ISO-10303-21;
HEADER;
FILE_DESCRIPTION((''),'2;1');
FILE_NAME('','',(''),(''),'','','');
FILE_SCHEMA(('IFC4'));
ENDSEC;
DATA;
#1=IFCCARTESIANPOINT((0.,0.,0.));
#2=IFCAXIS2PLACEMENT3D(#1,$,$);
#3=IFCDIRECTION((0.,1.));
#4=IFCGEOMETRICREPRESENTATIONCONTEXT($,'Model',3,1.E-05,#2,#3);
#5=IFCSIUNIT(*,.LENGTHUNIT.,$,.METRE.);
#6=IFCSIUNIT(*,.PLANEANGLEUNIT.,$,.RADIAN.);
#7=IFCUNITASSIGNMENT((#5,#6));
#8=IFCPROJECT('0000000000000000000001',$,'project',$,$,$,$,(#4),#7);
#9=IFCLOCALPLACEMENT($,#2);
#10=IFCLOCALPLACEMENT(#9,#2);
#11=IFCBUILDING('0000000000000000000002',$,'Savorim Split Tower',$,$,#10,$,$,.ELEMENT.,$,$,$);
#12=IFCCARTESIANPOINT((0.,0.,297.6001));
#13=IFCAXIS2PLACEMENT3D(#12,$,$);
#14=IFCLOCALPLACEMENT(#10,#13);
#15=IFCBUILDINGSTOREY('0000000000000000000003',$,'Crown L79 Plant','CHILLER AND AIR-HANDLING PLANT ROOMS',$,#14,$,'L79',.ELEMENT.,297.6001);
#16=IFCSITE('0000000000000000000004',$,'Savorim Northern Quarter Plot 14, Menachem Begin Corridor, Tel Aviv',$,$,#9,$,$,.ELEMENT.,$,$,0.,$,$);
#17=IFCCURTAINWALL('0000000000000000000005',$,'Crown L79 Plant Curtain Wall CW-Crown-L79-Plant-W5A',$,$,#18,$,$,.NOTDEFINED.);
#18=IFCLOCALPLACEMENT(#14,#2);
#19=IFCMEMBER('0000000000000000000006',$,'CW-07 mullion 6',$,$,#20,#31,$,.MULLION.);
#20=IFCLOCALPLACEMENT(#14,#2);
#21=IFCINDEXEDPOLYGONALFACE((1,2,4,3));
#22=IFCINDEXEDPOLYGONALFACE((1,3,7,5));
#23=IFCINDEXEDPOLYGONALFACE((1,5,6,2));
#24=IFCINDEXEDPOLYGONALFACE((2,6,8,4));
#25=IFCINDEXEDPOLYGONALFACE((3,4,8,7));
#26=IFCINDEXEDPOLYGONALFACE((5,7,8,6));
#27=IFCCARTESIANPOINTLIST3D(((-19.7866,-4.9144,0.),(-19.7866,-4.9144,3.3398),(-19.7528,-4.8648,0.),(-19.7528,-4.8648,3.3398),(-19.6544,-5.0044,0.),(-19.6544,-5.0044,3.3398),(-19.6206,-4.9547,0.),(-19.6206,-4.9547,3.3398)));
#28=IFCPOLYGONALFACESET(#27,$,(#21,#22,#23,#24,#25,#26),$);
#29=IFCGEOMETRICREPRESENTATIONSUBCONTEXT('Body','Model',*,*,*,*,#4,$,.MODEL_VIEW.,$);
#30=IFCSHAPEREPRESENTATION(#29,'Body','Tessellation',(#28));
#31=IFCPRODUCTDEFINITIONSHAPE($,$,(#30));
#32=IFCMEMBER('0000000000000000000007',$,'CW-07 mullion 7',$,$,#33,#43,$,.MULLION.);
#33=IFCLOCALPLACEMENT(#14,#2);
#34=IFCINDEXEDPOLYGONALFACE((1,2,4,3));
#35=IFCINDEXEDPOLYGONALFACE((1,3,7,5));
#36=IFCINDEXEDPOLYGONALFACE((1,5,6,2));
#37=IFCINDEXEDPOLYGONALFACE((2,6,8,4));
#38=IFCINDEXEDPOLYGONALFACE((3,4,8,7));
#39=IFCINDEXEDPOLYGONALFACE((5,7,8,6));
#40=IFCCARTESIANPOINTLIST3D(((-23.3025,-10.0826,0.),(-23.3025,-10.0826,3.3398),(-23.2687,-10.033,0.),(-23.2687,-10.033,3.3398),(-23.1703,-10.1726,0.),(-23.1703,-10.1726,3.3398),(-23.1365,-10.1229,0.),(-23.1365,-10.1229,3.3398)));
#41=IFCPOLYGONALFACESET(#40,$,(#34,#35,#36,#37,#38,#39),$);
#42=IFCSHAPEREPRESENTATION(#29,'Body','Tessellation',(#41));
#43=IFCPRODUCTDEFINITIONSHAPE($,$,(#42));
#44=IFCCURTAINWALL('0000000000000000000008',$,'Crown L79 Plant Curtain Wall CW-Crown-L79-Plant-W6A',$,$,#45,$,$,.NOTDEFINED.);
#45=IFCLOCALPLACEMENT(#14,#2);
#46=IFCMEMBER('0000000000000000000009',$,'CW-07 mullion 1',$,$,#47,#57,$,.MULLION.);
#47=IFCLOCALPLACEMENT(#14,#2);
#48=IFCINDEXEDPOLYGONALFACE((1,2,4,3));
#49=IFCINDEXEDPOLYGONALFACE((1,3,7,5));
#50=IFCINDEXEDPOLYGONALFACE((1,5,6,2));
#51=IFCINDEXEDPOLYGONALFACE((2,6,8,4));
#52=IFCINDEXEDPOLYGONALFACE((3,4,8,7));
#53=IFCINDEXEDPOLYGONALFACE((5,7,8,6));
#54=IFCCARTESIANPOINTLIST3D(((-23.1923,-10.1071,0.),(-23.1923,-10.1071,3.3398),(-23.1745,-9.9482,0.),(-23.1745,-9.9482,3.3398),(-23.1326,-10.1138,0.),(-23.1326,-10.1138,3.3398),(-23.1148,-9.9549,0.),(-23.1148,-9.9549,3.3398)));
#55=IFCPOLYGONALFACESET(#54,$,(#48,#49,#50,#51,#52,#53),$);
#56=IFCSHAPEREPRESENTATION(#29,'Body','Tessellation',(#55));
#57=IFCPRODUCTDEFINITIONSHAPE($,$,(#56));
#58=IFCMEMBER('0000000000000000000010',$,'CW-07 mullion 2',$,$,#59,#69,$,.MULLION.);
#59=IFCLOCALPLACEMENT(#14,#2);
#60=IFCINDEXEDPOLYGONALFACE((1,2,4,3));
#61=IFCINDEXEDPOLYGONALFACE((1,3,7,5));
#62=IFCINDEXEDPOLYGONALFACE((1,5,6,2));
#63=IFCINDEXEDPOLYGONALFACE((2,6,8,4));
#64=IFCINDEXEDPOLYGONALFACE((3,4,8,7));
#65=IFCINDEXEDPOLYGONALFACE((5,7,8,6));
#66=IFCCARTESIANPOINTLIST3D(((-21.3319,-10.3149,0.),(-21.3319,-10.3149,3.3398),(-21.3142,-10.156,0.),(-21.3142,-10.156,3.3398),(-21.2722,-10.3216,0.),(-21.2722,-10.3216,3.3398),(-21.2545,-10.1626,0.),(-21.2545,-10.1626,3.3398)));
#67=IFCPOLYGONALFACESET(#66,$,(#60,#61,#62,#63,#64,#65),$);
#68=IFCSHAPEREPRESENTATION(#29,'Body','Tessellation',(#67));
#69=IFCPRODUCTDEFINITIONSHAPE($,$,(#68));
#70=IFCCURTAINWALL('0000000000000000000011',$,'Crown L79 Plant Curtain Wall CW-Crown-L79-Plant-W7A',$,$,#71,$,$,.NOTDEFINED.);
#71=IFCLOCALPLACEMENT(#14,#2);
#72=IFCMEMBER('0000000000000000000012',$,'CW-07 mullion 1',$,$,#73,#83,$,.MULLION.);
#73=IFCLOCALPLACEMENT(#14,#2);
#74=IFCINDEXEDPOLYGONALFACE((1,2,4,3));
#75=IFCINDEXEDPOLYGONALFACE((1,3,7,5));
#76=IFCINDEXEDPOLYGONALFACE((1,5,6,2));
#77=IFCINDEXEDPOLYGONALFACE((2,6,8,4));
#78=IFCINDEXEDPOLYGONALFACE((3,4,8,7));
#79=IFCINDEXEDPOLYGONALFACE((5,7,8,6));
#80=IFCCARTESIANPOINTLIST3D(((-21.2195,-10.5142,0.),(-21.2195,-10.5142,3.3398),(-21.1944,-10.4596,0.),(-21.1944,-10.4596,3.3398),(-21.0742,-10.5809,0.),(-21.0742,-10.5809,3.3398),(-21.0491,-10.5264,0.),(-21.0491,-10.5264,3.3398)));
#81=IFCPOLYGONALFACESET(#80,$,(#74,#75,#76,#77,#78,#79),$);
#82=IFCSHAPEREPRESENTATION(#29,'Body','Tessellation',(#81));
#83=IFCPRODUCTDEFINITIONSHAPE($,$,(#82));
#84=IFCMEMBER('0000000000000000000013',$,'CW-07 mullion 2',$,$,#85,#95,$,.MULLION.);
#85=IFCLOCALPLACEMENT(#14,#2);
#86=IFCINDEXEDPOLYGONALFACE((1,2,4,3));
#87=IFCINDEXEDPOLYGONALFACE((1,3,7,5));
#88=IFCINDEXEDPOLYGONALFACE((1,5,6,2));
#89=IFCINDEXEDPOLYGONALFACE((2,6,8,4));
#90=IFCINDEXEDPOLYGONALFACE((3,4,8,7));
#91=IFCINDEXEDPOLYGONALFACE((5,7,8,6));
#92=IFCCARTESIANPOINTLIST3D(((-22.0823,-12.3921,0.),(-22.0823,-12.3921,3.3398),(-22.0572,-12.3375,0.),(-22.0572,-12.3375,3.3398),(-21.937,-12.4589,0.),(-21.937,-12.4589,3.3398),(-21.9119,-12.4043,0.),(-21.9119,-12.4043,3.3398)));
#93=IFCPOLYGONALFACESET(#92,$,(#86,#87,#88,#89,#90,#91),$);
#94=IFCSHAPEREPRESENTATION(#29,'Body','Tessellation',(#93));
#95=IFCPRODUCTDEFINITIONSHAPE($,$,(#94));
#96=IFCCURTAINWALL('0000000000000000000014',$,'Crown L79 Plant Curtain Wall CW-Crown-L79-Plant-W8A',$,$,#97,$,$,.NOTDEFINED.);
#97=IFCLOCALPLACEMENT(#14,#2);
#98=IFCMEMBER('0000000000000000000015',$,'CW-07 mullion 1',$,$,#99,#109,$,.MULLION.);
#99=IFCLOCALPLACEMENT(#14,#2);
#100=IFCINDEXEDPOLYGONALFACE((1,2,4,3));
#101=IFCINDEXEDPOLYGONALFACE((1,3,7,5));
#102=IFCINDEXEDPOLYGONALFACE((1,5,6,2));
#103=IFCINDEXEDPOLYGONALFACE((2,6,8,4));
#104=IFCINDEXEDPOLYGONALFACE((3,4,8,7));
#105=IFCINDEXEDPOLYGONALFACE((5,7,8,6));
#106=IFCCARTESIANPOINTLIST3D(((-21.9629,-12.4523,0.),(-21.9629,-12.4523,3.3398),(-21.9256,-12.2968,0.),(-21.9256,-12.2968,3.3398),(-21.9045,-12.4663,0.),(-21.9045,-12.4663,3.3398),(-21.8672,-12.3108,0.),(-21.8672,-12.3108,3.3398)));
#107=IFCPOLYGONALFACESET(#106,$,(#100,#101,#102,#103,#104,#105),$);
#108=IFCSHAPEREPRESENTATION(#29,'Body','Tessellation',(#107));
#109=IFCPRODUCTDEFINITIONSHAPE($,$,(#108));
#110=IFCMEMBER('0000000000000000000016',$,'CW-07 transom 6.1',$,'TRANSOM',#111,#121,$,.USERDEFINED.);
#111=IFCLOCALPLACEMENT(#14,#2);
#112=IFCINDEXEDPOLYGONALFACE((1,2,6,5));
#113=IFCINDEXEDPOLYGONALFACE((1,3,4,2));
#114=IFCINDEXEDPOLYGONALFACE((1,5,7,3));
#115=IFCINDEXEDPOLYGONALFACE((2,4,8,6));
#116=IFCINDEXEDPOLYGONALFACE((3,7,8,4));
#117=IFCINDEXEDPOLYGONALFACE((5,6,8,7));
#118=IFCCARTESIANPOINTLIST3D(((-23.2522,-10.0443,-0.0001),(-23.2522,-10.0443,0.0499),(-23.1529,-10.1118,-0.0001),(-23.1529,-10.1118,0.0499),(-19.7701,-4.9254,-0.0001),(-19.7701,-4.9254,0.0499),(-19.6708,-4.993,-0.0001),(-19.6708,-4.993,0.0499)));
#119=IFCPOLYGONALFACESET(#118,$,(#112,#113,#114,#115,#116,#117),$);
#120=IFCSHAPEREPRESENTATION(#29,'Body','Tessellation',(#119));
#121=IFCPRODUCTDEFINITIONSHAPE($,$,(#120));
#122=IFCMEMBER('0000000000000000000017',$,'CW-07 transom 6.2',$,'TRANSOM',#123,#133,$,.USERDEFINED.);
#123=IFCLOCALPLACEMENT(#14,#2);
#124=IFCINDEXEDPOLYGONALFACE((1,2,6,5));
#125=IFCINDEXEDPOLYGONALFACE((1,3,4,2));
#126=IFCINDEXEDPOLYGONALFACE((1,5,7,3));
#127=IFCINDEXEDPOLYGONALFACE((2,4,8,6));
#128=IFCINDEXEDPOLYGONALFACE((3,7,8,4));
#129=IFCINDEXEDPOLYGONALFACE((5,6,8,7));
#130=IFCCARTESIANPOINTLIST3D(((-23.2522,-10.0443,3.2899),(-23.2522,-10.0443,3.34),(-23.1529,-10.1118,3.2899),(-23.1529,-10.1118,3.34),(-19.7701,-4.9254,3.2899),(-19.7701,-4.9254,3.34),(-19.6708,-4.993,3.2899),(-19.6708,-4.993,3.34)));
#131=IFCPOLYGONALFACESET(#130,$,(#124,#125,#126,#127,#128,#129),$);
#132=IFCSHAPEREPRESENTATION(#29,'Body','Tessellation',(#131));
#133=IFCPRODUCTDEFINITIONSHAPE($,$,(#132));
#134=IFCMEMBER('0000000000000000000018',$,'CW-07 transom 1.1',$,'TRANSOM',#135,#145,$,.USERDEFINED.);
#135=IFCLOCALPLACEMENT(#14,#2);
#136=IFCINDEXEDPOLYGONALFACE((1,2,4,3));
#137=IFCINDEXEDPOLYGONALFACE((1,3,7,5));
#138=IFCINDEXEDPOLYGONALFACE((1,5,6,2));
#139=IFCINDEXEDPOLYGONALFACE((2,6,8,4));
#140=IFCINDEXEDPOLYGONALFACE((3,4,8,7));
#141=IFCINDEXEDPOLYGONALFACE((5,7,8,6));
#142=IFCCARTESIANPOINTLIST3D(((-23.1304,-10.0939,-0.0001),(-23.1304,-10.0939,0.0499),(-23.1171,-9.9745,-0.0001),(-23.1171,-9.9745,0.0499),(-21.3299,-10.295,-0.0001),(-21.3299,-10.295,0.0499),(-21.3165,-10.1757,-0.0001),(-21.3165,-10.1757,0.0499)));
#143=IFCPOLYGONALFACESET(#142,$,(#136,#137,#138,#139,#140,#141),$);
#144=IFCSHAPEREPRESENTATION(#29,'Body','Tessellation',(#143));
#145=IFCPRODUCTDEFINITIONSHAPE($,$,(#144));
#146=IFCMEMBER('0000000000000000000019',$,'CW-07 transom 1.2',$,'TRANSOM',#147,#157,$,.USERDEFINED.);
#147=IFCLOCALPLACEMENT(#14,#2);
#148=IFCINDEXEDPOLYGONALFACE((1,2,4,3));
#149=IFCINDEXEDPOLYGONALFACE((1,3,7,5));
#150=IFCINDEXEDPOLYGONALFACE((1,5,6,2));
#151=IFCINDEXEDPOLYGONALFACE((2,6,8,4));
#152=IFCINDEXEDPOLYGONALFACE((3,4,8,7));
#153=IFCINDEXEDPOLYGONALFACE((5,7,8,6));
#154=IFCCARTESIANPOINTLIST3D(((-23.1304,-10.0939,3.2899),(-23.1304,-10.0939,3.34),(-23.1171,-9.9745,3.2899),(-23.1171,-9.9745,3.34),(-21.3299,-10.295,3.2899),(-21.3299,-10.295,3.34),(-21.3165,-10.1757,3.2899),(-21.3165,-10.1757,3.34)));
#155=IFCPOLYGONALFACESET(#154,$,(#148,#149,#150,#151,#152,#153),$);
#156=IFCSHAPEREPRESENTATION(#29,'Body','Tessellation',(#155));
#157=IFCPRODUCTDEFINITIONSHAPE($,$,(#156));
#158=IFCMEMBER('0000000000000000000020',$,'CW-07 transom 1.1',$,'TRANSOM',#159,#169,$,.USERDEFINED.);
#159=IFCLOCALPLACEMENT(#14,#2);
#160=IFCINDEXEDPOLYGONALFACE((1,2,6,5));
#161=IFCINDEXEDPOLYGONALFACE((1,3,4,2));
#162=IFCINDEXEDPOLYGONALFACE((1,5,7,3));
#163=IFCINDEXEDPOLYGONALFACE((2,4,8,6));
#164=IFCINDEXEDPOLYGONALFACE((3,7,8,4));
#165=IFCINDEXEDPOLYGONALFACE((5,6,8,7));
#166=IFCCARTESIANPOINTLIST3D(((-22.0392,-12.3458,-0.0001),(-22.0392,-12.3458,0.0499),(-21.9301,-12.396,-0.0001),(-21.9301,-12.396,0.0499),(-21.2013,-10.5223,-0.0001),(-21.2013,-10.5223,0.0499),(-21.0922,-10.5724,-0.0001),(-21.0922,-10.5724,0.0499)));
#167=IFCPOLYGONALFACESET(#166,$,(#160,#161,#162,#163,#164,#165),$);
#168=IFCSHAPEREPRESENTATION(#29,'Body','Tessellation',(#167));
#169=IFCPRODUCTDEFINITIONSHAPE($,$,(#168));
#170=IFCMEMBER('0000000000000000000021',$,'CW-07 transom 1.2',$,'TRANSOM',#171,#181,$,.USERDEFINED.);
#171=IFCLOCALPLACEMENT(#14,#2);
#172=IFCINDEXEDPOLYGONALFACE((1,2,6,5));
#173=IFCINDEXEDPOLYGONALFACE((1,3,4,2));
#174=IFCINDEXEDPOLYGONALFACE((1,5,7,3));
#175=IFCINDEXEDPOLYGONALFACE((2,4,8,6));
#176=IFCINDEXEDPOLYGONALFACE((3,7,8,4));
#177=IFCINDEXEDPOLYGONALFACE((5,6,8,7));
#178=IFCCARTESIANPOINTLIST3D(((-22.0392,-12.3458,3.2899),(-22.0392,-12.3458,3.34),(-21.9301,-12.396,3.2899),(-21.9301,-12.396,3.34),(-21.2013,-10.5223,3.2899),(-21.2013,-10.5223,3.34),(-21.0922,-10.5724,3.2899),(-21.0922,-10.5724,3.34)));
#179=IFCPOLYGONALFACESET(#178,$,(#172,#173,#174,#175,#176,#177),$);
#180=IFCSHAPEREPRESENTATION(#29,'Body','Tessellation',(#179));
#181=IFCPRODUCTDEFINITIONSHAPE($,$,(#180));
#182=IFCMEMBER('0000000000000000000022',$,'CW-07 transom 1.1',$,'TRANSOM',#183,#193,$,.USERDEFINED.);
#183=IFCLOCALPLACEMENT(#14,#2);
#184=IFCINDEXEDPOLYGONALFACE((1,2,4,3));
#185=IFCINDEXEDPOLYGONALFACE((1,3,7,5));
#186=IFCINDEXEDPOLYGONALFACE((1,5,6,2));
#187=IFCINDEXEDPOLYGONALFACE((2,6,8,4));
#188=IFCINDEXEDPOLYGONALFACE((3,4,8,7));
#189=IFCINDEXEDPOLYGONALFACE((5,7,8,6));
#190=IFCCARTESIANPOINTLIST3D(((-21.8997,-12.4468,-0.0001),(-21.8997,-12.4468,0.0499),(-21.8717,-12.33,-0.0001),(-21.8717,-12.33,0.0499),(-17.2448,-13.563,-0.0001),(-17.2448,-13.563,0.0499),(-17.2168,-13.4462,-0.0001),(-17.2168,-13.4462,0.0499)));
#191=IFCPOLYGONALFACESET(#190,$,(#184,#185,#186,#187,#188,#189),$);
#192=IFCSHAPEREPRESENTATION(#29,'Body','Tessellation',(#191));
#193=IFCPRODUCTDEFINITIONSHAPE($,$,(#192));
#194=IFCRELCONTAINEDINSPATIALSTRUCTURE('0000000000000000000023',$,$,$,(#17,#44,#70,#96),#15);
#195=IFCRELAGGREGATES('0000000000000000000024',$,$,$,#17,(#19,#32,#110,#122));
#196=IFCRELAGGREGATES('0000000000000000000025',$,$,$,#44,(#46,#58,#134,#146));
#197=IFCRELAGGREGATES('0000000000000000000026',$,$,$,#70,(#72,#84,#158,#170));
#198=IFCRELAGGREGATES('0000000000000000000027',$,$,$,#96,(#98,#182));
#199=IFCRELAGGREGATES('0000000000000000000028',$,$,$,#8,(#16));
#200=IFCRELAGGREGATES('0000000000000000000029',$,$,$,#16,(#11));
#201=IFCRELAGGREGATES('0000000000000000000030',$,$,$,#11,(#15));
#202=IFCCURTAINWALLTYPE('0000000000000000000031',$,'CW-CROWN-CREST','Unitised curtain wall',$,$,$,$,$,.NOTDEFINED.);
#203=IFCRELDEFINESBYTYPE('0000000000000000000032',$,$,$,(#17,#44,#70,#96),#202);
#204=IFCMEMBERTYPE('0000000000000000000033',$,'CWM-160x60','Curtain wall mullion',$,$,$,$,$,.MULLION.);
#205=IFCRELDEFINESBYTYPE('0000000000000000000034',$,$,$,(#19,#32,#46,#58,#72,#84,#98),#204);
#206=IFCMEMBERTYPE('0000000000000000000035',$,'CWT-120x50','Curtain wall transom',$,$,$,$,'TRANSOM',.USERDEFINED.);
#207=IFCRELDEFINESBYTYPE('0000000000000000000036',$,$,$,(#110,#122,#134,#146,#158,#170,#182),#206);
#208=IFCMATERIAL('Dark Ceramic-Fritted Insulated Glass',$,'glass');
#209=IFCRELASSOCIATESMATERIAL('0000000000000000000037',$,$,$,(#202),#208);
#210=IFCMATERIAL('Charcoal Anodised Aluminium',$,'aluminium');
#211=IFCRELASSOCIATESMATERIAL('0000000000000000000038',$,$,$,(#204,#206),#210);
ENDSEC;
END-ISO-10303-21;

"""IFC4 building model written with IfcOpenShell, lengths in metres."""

from ifc_helpers import new_model, si_unit, direction, frame, origin, origin_2d, place, context, subcontext, project, spatial, rectangle, extrude, material, material_profile, profile_set, type_object, element, aggregate, save


model = new_model("IFC4")

# Units and contexts
model_context = context("Model", 3, precision=1e-05, world=origin(), true_north=direction((0.0, 1.0)))
body_context = subcontext(model_context, "Body", "Model", "MODEL_VIEW")
ifc_project = project(units=[si_unit("LENGTHUNIT", "METRE"), si_unit("PLANEANGLEUNIT", "RADIAN")], contexts=[model_context])

# Site, building, storey
site_placement = place(None, origin())
site = spatial("IfcSite", under=ifc_project, at=site_placement, Name="Savorim Northern Quarter Plot 14, Menachem Begin Corridor, Tel Aviv", CompositionType="ELEMENT", RefElevation=0.0)
building_placement = place(site_placement, origin())
building = spatial("IfcBuilding", under=site, at=building_placement, Name="Savorim Split Tower", CompositionType="ELEMENT")
storey_placement = place(building_placement, frame((0.0, 0.0, 297.6001)))
storey = spatial("IfcBuildingStorey", under=building, at=storey_placement, Name="Crown L79 Plant", Description="CHILLER AND AIR-HANDLING PLANT ROOMS", LongName="L79", CompositionType="ELEMENT", Elevation=297.6001)

# Curtain walls, members
ifc_material_1 = material(Name="Dark Ceramic-Fritted Insulated Glass", Category="glass")
curtain_wall_type = type_object("IfcCurtainWallType", Name="CW-CROWN-CREST", Description="Unitised curtain wall", PredefinedType="NOTDEFINED", material=ifc_material_1)
curtain_wall_1_placement = place(storey_placement, origin())
curtain_wall_1 = element("IfcCurtainWall", 1, at=curtain_wall_1_placement, inside=storey, type_object=curtain_wall_type, Name="Crown L79 Plant Curtain Wall CW-Crown-L79-Plant-W5A", PredefinedType="NOTDEFINED")
ifc_material_2 = material(Name="Charcoal Anodised Aluminium", Category="aluminium")
ifc_material_profile_1 = material_profile(ifc_material_2, rectangle(XDim=0.1599, YDim=0.0601, at=origin_2d()), Name="ALU-M 160x60")
ifc_profile_set_1 = profile_set([ifc_material_profile_1], Name="Charcoal Anodised Aluminium")
member_type_1 = type_object("IfcMemberType", Name="CWM-160x60", Description="Curtain wall mullion", PredefinedType="MULLION", material=ifc_profile_set_1)
member_1_placement = place(storey_placement, frame((-19.7036, -4.9346, 0.0), z_axis=(0.0, 0.0, 1.0), x_axis=(0.826821, -0.562466, 0.0)))
member_1 = element("IfcMember", 2, at=member_1_placement, type_object=member_type_1, Name="CW-07 mullion 6", PredefinedType="MULLION", context=body_context, shape_type="SweptSolid", body=[
    extrude(rectangle(XDim=0.1599, YDim=0.0601, at=origin_2d()), origin(), (0.0, 0.0, 1.0), 3.3398),
])
member_2_placement = place(storey_placement, frame((-23.2195, -10.1028, 0.0), z_axis=(0.0, 0.0, 1.0), x_axis=(0.826821, -0.562466, 0.0)))
member_2 = element("IfcMember", 3, at=member_2_placement, type_object=member_type_1, Name="CW-07 mullion 7", PredefinedType="MULLION", context=body_context, shape_type="SweptSolid", body=[
    extrude(rectangle(XDim=0.1599, YDim=0.0601, at=origin_2d()), origin(), (0.0, 0.0, 1.0), 3.3398),
])
curtain_wall_2_placement = place(storey_placement, origin())
curtain_wall_2 = element("IfcCurtainWall", 4, at=curtain_wall_2_placement, inside=storey, type_object=curtain_wall_type, Name="Crown L79 Plant Curtain Wall CW-Crown-L79-Plant-W6A", PredefinedType="NOTDEFINED")
member_3_placement = place(storey_placement, frame((-23.1536, -10.031, 0.0), z_axis=(0.0, 0.0, 1.0), x_axis=(0.110983, 0.993822, 0.0)))
member_3 = element("IfcMember", 5, at=member_3_placement, type_object=member_type_1, Name="CW-07 mullion 1", PredefinedType="MULLION", context=body_context, shape_type="SweptSolid", body=[
    extrude(rectangle(XDim=0.1599, YDim=0.0601, at=origin_2d()), origin(), (0.0, 0.0, 1.0), 3.3398),
])
member_4_placement = place(storey_placement, frame((-21.2932, -10.2388, 0.0), z_axis=(0.0, 0.0, 1.0), x_axis=(0.110983, 0.993822, 0.0)))
member_4 = element("IfcMember", 6, at=member_4_placement, type_object=member_type_1, Name="CW-07 mullion 2", PredefinedType="MULLION", context=body_context, shape_type="SweptSolid", body=[
    extrude(rectangle(XDim=0.1599, YDim=0.0601, at=origin_2d()), origin(), (0.0, 0.0, 1.0), 3.3398),
])
curtain_wall_3_placement = place(storey_placement, origin())
curtain_wall_3 = element("IfcCurtainWall", 7, at=curtain_wall_3_placement, inside=storey, type_object=curtain_wall_type, Name="Crown L79 Plant Curtain Wall CW-Crown-L79-Plant-W7A", PredefinedType="NOTDEFINED")
member_5_placement = place(storey_placement, frame((-21.1343, -10.5203, 0.0), z_axis=(0.0, 0.0, 1.0), x_axis=(0.908678, -0.417498, 0.0)))
member_5 = element("IfcMember", 8, at=member_5_placement, type_object=member_type_1, Name="CW-07 mullion 1", PredefinedType="MULLION", context=body_context, shape_type="SweptSolid", body=[
    extrude(rectangle(XDim=0.1599, YDim=0.0601, at=origin_2d()), origin(), (0.0, 0.0, 1.0), 3.3398),
])
member_6_placement = place(storey_placement, frame((-21.9971, -12.3982, 0.0), z_axis=(0.0, 0.0, 1.0), x_axis=(0.908678, -0.417498, 0.0)))
member_6 = element("IfcMember", 9, at=member_6_placement, type_object=member_type_1, Name="CW-07 mullion 2", PredefinedType="MULLION", context=body_context, shape_type="SweptSolid", body=[
    extrude(rectangle(XDim=0.1599, YDim=0.0601, at=origin_2d()), origin(), (0.0, 0.0, 1.0), 3.3398),
])

# Curtain wall, member
curtain_wall_4_placement = place(storey_placement, origin())
curtain_wall_4 = element("IfcCurtainWall", 10, at=curtain_wall_4_placement, inside=storey, type_object=curtain_wall_type, Name="Crown L79 Plant Curtain Wall CW-Crown-L79-Plant-W8A", PredefinedType="NOTDEFINED")
member_7_placement = place(storey_placement, frame((-21.915, -12.3816, 0.0), z_axis=(0.0, 0.0, 1.0), x_axis=(0.233159, 0.972439, 0.0)))
member_7 = element("IfcMember", 11, at=member_7_placement, type_object=member_type_1, Name="CW-07 mullion 1", PredefinedType="MULLION", context=body_context, shape_type="SweptSolid", body=[
    extrude(rectangle(XDim=0.1599, YDim=0.0601, at=origin_2d()), origin(), (0.0, 0.0, 1.0), 3.3398),
])

# Members
ifc_material_profile_2 = material_profile(ifc_material_2, rectangle(XDim=0.1201, YDim=0.05, at=origin_2d()), Name="ALU-T 120x50")
ifc_profile_set_2 = profile_set([ifc_material_profile_2], Name="Charcoal Anodised Aluminium")
member_type_2 = type_object("IfcMemberType", Name="CWT-120x50", Description="Curtain wall transom", ElementType="TRANSOM", PredefinedType="USERDEFINED", material=ifc_profile_set_2)
member_8_placement = place(storey_placement, frame((-19.7205, -4.9592, 0.0249), z_axis=(-0.562457, -0.826827, 0.0), x_axis=(0.826827, -0.562457, 0.0)))
member_8 = element("IfcMember", 12, at=member_8_placement, type_object=member_type_2, Name="CW-07 transom 6.1", ObjectType="TRANSOM", PredefinedType="USERDEFINED", context=body_context, shape_type="SweptSolid", body=[
    extrude(rectangle(XDim=0.1201, YDim=0.05, at=origin_2d()), origin(), (0.0, 0.0, 1.0), 6.1909),
])
member_9_placement = place(storey_placement, frame((-19.7205, -4.9592, 3.3149), z_axis=(-0.562457, -0.826827, 0.0), x_axis=(0.826827, -0.562457, 0.0)))
member_9 = element("IfcMember", 13, at=member_9_placement, type_object=member_type_2, Name="CW-07 transom 6.2", ObjectType="TRANSOM", PredefinedType="USERDEFINED", context=body_context, shape_type="SweptSolid", body=[
    extrude(rectangle(XDim=0.1201, YDim=0.05, at=origin_2d()), origin(), (0.0, 0.0, 1.0), 6.1909),
])
member_10_placement = place(storey_placement, frame((-23.1238, -10.0342, 0.0249), z_axis=(0.993816, -0.111038, 0.0), x_axis=(0.111038, 0.993816, 0.0)))
member_10 = element("IfcMember", 14, at=member_10_placement, type_object=member_type_2, Name="CW-07 transom 1.1", ObjectType="TRANSOM", PredefinedType="USERDEFINED", context=body_context, shape_type="SweptSolid", body=[
    extrude(rectangle(XDim=0.1201, YDim=0.05, at=origin_2d()), origin(), (0.0, 0.0, 1.0), 1.8118),
])
member_11_placement = place(storey_placement, frame((-23.1238, -10.0342, 3.3149), z_axis=(0.993816, -0.111038, 0.0), x_axis=(0.111038, 0.993816, 0.0)))
member_11 = element("IfcMember", 15, at=member_11_placement, type_object=member_type_2, Name="CW-07 transom 1.2", ObjectType="TRANSOM", PredefinedType="USERDEFINED", context=body_context, shape_type="SweptSolid", body=[
    extrude(rectangle(XDim=0.1201, YDim=0.05, at=origin_2d()), origin(), (0.0, 0.0, 1.0), 1.8118),
])
member_12_placement = place(storey_placement, frame((-21.1467, -10.5474, 0.0249), z_axis=(-0.41753, -0.908663, 0.0), x_axis=(0.908663, -0.41753, 0.0)))
member_12 = element("IfcMember", 16, at=member_12_placement, type_object=member_type_2, Name="CW-07 transom 1.1", ObjectType="TRANSOM", PredefinedType="USERDEFINED", context=body_context, shape_type="SweptSolid", body=[
    extrude(rectangle(XDim=0.1201, YDim=0.05, at=origin_2d()), origin(), (0.0, 0.0, 1.0), 2.0068),
])
member_13_placement = place(storey_placement, frame((-21.1467, -10.5474, 3.3149), z_axis=(-0.41753, -0.908663, 0.0), x_axis=(0.908663, -0.41753, 0.0)))
member_13 = element("IfcMember", 17, at=member_13_placement, type_object=member_type_2, Name="CW-07 transom 1.2", ObjectType="TRANSOM", PredefinedType="USERDEFINED", context=body_context, shape_type="SweptSolid", body=[
    extrude(rectangle(XDim=0.1201, YDim=0.05, at=origin_2d()), origin(), (0.0, 0.0, 1.0), 2.0068),
])
member_14_placement = place(storey_placement, frame((-21.8857, -12.3884, 0.0249), z_axis=(0.972435, -0.233176, 0.0), x_axis=(0.233176, 0.972435, 0.0)))
member_14 = element("IfcMember", 18, at=member_14_placement, type_object=member_type_2, Name="CW-07 transom 1.1", ObjectType="TRANSOM", PredefinedType="USERDEFINED", context=body_context, shape_type="SweptSolid", body=[
    extrude(rectangle(XDim=0.1201, YDim=0.05, at=origin_2d()), origin(), (0.0, 0.0, 1.0), 4.7869),
])

aggregate(curtain_wall_1, [member_1, member_2, member_8, member_9])
aggregate(curtain_wall_2, [member_3, member_4, member_10, member_11])
aggregate(curtain_wall_3, [member_5, member_6, member_12, member_13])
aggregate(curtain_wall_4, [member_7, member_14])

save(model, "model.ifc")
